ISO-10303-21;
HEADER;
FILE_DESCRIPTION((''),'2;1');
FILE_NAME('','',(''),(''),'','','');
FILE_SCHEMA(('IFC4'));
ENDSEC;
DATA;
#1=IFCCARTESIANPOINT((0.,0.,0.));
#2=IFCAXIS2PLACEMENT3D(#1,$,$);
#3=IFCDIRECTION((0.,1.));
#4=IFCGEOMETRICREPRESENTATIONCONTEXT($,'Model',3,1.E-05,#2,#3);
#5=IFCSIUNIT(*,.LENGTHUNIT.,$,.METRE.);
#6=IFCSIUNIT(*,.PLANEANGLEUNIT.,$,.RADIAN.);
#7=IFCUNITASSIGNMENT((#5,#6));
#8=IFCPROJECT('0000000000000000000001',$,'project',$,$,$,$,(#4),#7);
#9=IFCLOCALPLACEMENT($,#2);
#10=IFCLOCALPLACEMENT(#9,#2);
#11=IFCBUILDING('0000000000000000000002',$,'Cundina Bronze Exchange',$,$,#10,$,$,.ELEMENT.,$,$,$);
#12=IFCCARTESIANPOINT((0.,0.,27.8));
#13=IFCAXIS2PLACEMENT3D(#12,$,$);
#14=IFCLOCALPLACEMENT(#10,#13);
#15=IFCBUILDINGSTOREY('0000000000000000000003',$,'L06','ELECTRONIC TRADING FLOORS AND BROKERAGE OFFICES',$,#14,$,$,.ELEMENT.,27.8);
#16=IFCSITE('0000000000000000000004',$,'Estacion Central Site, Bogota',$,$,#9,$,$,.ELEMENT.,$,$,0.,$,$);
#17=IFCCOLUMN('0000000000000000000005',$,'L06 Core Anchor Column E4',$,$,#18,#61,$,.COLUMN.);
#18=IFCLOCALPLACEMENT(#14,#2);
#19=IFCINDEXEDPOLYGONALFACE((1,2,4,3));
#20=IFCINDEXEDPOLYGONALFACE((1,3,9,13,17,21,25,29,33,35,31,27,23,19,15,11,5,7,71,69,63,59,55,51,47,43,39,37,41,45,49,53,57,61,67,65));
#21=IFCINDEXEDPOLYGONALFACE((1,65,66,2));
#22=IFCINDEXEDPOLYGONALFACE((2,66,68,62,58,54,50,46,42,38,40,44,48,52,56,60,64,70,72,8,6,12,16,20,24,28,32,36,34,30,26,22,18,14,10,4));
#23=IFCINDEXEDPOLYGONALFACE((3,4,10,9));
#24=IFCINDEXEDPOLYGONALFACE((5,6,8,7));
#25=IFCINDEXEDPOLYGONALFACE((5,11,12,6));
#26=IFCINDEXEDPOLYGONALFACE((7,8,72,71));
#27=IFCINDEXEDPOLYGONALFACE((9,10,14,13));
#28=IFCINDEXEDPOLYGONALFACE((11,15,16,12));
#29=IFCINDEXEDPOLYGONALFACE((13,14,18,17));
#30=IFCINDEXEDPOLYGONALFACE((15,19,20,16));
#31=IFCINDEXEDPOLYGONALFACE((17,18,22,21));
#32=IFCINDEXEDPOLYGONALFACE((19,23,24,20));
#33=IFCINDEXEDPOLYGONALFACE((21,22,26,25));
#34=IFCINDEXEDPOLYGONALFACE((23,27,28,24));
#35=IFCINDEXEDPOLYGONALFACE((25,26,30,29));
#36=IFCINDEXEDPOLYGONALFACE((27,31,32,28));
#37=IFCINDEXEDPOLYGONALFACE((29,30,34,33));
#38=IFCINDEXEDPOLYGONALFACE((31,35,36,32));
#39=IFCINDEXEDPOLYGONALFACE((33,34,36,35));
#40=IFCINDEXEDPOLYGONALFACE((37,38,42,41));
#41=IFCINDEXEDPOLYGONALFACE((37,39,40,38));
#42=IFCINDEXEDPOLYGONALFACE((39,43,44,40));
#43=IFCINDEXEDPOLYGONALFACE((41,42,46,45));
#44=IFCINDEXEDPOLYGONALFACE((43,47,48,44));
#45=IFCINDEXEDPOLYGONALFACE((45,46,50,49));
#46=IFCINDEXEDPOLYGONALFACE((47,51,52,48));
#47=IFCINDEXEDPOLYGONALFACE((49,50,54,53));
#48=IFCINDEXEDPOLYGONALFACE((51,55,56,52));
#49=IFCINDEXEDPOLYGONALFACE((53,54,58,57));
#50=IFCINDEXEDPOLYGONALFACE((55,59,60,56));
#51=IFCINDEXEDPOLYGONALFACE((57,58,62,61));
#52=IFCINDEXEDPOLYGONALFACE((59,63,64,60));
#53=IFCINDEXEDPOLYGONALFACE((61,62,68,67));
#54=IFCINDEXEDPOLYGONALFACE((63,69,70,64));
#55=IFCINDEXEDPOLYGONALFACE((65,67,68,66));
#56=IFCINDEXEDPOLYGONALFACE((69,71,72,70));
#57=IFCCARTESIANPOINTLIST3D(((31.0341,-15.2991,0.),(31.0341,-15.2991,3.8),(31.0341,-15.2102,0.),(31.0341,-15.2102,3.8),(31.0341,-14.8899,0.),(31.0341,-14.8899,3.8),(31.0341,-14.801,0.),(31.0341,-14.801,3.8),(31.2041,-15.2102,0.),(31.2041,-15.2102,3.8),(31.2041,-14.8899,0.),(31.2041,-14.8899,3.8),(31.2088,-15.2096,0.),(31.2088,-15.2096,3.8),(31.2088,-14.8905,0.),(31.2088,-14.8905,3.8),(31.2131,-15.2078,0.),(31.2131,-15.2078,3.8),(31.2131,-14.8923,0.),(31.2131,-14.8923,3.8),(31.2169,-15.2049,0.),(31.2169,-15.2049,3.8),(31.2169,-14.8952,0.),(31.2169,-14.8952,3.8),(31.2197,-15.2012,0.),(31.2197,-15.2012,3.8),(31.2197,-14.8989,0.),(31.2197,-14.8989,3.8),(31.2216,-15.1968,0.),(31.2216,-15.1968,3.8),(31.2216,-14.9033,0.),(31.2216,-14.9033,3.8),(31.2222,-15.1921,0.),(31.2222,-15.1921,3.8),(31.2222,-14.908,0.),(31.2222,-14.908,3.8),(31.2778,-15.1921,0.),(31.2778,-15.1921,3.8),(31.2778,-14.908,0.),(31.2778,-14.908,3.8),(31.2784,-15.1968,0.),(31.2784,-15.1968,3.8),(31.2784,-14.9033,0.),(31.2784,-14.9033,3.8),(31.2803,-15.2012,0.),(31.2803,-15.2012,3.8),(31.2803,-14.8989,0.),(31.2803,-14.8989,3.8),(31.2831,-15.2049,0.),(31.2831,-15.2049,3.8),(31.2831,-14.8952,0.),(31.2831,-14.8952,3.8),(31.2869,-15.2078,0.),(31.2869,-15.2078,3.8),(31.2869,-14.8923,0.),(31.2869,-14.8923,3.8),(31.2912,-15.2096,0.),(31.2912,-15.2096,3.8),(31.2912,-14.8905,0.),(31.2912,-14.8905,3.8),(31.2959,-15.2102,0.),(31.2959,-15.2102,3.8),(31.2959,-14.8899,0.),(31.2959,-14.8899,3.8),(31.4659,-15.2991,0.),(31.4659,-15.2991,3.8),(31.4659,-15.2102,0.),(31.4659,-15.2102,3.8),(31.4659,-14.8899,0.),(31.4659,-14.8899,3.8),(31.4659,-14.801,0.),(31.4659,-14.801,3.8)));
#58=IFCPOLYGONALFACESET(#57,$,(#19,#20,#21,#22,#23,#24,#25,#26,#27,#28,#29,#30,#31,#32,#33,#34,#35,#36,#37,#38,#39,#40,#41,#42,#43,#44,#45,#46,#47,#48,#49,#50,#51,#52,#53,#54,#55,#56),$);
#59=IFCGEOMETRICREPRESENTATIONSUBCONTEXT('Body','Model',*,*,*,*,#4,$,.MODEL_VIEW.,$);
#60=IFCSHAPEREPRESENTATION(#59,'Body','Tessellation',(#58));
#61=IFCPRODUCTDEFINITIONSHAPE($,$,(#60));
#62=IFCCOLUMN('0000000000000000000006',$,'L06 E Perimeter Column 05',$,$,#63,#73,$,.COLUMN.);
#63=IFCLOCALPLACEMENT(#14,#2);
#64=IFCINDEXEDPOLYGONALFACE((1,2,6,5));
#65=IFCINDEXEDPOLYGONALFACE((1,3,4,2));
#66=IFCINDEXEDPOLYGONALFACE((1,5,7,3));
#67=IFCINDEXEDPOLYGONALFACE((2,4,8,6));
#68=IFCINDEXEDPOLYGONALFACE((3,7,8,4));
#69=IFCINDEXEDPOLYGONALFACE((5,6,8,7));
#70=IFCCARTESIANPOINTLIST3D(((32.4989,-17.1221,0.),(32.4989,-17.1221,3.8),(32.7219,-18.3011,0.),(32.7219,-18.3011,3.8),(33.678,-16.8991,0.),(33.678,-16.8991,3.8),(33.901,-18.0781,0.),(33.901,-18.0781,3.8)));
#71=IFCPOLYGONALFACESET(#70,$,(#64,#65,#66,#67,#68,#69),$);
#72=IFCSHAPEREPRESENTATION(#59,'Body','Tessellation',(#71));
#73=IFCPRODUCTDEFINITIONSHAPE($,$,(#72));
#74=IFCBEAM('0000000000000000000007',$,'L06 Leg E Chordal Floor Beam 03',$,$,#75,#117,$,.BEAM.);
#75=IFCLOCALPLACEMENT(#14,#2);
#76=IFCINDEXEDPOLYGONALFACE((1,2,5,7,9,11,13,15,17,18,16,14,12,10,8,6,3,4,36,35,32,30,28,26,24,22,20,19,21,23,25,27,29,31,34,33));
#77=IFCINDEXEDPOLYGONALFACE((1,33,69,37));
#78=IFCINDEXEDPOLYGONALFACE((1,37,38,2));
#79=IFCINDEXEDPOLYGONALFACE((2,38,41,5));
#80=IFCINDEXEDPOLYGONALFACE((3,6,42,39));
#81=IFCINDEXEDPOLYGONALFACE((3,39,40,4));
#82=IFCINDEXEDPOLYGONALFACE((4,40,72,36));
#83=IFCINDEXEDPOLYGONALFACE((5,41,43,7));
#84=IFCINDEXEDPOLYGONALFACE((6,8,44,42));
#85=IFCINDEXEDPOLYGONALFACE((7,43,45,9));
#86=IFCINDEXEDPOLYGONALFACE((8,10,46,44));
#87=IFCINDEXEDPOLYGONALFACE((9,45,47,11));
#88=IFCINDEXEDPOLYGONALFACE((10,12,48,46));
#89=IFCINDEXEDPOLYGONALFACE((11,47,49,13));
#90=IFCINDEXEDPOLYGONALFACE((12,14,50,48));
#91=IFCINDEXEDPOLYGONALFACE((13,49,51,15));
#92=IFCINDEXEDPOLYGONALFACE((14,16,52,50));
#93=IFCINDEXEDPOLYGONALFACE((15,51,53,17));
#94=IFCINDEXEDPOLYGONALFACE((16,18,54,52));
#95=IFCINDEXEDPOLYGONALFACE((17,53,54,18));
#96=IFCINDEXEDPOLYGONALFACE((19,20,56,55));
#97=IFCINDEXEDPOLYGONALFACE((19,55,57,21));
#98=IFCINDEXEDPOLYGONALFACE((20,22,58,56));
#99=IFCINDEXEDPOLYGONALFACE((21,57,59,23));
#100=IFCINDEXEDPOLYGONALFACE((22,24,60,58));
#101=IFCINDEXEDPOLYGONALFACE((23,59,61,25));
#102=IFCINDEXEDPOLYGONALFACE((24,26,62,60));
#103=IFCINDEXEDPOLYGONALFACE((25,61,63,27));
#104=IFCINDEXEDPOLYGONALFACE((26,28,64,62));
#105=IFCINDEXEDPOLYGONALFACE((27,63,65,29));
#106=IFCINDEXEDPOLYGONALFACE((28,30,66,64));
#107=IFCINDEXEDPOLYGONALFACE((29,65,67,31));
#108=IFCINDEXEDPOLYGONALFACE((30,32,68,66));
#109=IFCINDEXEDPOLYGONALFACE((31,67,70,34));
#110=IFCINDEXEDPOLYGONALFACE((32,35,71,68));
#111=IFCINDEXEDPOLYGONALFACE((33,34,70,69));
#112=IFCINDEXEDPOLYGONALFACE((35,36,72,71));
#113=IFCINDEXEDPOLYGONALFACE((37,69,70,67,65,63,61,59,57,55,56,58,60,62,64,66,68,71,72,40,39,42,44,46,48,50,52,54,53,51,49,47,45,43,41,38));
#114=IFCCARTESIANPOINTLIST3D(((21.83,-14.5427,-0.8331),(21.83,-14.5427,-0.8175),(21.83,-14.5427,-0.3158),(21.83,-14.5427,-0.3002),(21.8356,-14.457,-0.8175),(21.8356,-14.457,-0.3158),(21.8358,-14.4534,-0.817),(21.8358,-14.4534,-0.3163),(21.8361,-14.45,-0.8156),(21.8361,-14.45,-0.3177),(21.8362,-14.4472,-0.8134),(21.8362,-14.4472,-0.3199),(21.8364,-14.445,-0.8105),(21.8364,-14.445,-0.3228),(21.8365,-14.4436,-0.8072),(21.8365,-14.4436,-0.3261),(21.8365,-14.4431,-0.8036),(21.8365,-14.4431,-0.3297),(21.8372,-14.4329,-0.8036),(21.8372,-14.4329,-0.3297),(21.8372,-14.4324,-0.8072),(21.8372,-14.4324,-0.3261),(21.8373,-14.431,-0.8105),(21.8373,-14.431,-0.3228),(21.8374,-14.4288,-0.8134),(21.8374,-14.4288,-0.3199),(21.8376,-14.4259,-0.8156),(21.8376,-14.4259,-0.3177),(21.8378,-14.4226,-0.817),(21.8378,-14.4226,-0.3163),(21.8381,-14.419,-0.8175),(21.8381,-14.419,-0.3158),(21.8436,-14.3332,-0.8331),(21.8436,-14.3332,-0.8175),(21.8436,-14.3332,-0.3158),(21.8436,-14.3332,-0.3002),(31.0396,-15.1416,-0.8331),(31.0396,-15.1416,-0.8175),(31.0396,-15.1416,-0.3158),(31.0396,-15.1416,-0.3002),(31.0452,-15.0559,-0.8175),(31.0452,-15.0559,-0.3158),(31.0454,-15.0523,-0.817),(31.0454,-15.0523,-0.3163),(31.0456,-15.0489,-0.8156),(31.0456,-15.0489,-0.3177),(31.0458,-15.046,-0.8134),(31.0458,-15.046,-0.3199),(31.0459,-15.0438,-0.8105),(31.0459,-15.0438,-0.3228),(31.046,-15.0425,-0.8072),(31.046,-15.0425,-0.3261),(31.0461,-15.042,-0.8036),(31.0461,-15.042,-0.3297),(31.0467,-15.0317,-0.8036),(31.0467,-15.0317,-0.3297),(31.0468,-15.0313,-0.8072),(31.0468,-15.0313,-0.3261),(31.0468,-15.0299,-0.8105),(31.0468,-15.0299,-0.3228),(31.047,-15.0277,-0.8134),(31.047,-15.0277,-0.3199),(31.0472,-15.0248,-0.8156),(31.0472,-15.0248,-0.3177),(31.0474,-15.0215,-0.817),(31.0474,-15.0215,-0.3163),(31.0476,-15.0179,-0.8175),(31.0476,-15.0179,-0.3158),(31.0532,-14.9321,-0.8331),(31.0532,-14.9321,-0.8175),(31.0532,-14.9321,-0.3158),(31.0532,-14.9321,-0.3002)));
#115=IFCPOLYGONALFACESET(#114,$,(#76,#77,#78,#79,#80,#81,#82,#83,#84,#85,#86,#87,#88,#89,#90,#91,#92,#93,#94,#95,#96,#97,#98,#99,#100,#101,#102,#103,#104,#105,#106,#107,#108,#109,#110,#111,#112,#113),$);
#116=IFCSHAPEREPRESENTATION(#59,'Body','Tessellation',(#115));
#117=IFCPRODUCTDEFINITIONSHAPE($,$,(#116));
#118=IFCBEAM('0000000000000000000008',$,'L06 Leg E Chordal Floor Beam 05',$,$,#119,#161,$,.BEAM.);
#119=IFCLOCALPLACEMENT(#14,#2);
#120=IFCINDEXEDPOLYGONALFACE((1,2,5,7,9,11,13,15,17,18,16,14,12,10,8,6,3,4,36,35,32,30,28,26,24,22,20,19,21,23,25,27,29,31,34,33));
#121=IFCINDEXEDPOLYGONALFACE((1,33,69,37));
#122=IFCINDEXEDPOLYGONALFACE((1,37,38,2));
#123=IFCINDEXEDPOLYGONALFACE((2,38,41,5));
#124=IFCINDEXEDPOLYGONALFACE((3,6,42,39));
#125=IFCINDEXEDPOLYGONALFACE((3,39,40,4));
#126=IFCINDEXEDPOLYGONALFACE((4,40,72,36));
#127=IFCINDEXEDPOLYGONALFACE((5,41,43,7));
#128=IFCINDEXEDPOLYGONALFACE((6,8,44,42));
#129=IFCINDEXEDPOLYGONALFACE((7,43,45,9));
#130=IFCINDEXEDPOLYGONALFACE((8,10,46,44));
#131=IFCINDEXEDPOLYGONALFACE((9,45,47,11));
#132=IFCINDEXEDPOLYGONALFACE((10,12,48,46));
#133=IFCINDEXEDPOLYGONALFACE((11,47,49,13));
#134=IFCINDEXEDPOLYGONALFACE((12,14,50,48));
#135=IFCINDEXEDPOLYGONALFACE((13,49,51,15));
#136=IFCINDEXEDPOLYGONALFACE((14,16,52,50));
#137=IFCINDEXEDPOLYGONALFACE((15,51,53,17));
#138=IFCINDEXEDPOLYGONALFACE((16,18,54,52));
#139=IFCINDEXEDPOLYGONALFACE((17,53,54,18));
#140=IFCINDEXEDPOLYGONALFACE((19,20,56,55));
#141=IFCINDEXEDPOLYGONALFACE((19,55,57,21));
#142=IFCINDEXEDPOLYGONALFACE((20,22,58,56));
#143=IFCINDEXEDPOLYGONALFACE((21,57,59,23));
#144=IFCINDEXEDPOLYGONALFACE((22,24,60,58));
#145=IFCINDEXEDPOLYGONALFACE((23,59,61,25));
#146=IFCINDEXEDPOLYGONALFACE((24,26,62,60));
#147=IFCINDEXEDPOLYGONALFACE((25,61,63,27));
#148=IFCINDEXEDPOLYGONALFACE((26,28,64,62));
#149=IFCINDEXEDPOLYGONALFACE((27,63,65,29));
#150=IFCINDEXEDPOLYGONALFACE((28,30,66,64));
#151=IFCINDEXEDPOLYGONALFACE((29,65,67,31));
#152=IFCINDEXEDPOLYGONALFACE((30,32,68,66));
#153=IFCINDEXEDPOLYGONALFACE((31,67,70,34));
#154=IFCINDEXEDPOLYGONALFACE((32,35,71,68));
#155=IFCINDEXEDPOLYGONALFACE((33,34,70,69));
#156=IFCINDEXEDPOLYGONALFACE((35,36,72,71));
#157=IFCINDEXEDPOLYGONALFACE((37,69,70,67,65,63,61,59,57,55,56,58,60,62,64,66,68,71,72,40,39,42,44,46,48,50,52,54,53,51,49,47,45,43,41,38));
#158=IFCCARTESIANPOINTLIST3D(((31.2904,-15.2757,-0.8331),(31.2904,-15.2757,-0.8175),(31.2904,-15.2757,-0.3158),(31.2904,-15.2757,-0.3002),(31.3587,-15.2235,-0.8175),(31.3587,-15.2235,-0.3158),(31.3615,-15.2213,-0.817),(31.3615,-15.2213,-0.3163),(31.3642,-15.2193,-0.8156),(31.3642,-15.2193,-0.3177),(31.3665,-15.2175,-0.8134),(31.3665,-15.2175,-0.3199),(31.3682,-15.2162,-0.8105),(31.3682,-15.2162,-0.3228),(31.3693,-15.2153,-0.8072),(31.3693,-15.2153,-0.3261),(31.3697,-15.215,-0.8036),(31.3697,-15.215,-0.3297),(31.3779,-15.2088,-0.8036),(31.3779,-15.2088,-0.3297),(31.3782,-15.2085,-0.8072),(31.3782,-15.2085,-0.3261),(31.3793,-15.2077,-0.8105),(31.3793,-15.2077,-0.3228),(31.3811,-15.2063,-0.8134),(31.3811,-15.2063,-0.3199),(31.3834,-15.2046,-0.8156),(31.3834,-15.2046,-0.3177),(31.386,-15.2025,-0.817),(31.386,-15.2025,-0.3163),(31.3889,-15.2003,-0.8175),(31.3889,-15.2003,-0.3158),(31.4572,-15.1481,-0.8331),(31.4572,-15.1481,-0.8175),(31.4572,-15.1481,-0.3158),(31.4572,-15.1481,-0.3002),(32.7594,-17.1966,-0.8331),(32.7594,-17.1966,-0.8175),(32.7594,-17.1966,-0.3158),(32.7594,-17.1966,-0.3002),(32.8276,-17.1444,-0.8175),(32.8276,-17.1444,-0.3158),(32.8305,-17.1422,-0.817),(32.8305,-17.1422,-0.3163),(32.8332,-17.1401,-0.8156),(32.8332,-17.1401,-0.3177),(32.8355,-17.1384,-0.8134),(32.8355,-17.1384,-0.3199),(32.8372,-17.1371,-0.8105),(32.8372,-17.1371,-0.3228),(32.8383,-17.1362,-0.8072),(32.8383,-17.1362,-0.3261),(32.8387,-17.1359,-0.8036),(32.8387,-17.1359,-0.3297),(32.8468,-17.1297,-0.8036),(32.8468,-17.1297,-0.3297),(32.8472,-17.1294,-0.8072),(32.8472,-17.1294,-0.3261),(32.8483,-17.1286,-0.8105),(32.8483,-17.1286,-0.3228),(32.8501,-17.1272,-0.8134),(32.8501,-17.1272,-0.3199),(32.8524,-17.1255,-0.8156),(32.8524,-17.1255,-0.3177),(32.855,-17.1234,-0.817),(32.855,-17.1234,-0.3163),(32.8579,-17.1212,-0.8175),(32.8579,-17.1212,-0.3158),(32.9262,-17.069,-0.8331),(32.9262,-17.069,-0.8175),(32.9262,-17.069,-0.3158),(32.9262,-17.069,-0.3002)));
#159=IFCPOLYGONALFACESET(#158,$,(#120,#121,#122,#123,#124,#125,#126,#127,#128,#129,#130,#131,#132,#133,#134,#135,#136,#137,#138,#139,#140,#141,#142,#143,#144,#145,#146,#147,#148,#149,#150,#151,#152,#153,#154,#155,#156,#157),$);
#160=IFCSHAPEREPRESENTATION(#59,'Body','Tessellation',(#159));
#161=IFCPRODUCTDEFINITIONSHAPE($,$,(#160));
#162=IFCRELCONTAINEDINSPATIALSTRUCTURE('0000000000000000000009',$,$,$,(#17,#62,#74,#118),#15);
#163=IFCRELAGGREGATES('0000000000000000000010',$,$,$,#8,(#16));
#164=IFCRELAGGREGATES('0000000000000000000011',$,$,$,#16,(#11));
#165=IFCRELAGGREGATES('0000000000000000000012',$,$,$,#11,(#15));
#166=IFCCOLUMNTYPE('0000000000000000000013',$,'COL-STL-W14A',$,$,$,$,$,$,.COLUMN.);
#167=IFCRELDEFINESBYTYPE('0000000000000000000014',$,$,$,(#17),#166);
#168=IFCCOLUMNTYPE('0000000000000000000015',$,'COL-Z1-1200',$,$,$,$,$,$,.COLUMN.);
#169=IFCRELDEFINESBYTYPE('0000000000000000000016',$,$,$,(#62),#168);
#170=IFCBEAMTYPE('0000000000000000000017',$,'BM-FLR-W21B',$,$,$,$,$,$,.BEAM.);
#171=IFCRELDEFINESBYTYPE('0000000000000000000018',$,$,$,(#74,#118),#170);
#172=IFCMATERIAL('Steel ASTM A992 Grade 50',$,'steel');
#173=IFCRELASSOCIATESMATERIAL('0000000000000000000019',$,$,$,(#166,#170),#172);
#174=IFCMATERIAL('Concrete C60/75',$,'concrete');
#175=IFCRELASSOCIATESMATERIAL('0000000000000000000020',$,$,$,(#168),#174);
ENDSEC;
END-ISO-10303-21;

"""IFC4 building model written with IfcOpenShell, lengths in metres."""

from ifc_helpers import new_model, si_unit, direction, frame, origin, origin_2d, place, context, subcontext, project, spatial, rectangle, i_section, extrude, material, material_profile, profile_set, type_object, element, save


model = new_model("IFC4")

# Units and contexts
model_context = context("Model", 3, precision=1e-05, world=origin(), true_north=direction((0.0, 1.0)))
body_context = subcontext(model_context, "Body", "Model", "MODEL_VIEW")
ifc_project = project(units=[si_unit("LENGTHUNIT", "METRE"), si_unit("PLANEANGLEUNIT", "RADIAN")], contexts=[model_context])

# Site, building, storey
site_placement = place(None, origin())
site = spatial("IfcSite", under=ifc_project, at=site_placement, Name="Estacion Central Site, Bogota", CompositionType="ELEMENT", RefElevation=0.0)
building_placement = place(site_placement, origin())
building = spatial("IfcBuilding", under=site, at=building_placement, Name="Cundina Bronze Exchange", CompositionType="ELEMENT")
storey_placement = place(building_placement, frame((0.0, 0.0, 27.8)))
storey = spatial("IfcBuildingStorey", under=building, at=storey_placement, Name="L06", Description="ELECTRONIC TRADING FLOORS AND BROKERAGE OFFICES", CompositionType="ELEMENT", Elevation=27.8)

# Columns
ifc_material_1 = material(Name="Steel ASTM A992 Grade 50", Category="steel")
ifc_material_profile_1 = material_profile(ifc_material_1, i_section(OverallWidth=0.4319, OverallDepth=0.498, WebThickness=0.0557, FlangeThickness=0.0889, FilletRadius=0.0181, at=origin_2d()), Name="W14X500", Category="steel")
ifc_profile_set_1 = profile_set([ifc_material_profile_1], Name="Steel ASTM A992 Grade 50")
column_type_1 = type_object("IfcColumnType", Name="COL-STL-W14A", PredefinedType="COLUMN", material=ifc_profile_set_1)
column_1_placement = place(storey_placement, frame((31.25, -15.05, 0.0), z_axis=(0.0, 0.0, 1.0), x_axis=(1.0, 0.0, 0.0)))
element("IfcColumn", 1, at=column_1_placement, inside=storey, type_object=column_type_1, Name="L06 Core Anchor Column E4", PredefinedType="COLUMN", context=body_context, shape_type="SweptSolid", body=[
    extrude(i_section(OverallWidth=0.4319, OverallDepth=0.498, WebThickness=0.0557, FlangeThickness=0.0889, FilletRadius=0.0181, at=origin_2d()), origin(), (0.0, 0.0, 1.0), 3.8),
])
ifc_material_2 = material(Name="Concrete C60/75", Category="concrete")
ifc_material_profile_2 = material_profile(ifc_material_2, rectangle(XDim=1.2, YDim=1.2, at=origin_2d()), Name="RC1200X1200", Category="concrete")
ifc_profile_set_2 = profile_set([ifc_material_profile_2], Name="Concrete C60/75")
column_type_2 = type_object("IfcColumnType", Name="COL-Z1-1200", PredefinedType="COLUMN", material=ifc_profile_set_2)
column_2_placement = place(storey_placement, frame((33.2, -17.6001, 0.0), z_axis=(0.0, 0.0, 1.0), x_axis=(0.98258, 0.185838, 0.0)))
element("IfcColumn", 2, at=column_2_placement, inside=storey, type_object=column_type_2, Name="L06 E Perimeter Column 05", PredefinedType="COLUMN", context=body_context, shape_type="SweptSolid", body=[
    extrude(rectangle(XDim=1.2, YDim=1.2, at=origin_2d()), origin(), (0.0, 0.0, 1.0), 3.8),
])

# Beams
ifc_material_profile_3 = material_profile(ifc_material_1, i_section(OverallWidth=0.21, OverallDepth=0.533, WebThickness=0.0103, FlangeThickness=0.0156, FilletRadius=0.0139, at=origin_2d()), Name="W21X62", Category="steel")
ifc_profile_set_3 = profile_set([ifc_material_profile_3], Name="Steel ASTM A992 Grade 50")
beam_type_1 = type_object("IfcBeamType", Name="BM-FLR-W21B", PredefinedType="BEAM", material=ifc_profile_set_3)
beam_1_placement = place(storey_placement, frame((31.0464, -15.0369, -0.5667), z_axis=(-0.997892, 0.064891, 0.0), x_axis=(-0.064891, -0.997892, 0.0)))
element("IfcBeam", 3, at=beam_1_placement, inside=storey, type_object=beam_type_1, Name="L06 Leg E Chordal Floor Beam 03", PredefinedType="BEAM", context=body_context, shape_type="SweptSolid", body=[
    extrude(i_section(OverallWidth=0.21, OverallDepth=0.533, WebThickness=0.0103, FlangeThickness=0.0156, FilletRadius=0.0139, at=origin_2d()), origin(), (0.0, 0.0, 1.0), 9.229),
])
beam_2_placement = place(storey_placement, frame((31.3738, -15.2119, -0.5667), z_axis=(0.607469, -0.794344, 0.0), x_axis=(0.794344, 0.607469, 0.0)))
element("IfcBeam", 4, at=beam_2_placement, inside=storey, type_object=beam_type_1, Name="L06 Leg E Chordal Floor Beam 05", PredefinedType="BEAM", context=body_context, shape_type="SweptSolid", body=[
    extrude(i_section(OverallWidth=0.21, OverallDepth=0.533, WebThickness=0.0103, FlangeThickness=0.0156, FilletRadius=0.0139, at=origin_2d()), origin(), (0.0, 0.0, 1.0), 2.4182),
])

save(model, "model.ifc")
